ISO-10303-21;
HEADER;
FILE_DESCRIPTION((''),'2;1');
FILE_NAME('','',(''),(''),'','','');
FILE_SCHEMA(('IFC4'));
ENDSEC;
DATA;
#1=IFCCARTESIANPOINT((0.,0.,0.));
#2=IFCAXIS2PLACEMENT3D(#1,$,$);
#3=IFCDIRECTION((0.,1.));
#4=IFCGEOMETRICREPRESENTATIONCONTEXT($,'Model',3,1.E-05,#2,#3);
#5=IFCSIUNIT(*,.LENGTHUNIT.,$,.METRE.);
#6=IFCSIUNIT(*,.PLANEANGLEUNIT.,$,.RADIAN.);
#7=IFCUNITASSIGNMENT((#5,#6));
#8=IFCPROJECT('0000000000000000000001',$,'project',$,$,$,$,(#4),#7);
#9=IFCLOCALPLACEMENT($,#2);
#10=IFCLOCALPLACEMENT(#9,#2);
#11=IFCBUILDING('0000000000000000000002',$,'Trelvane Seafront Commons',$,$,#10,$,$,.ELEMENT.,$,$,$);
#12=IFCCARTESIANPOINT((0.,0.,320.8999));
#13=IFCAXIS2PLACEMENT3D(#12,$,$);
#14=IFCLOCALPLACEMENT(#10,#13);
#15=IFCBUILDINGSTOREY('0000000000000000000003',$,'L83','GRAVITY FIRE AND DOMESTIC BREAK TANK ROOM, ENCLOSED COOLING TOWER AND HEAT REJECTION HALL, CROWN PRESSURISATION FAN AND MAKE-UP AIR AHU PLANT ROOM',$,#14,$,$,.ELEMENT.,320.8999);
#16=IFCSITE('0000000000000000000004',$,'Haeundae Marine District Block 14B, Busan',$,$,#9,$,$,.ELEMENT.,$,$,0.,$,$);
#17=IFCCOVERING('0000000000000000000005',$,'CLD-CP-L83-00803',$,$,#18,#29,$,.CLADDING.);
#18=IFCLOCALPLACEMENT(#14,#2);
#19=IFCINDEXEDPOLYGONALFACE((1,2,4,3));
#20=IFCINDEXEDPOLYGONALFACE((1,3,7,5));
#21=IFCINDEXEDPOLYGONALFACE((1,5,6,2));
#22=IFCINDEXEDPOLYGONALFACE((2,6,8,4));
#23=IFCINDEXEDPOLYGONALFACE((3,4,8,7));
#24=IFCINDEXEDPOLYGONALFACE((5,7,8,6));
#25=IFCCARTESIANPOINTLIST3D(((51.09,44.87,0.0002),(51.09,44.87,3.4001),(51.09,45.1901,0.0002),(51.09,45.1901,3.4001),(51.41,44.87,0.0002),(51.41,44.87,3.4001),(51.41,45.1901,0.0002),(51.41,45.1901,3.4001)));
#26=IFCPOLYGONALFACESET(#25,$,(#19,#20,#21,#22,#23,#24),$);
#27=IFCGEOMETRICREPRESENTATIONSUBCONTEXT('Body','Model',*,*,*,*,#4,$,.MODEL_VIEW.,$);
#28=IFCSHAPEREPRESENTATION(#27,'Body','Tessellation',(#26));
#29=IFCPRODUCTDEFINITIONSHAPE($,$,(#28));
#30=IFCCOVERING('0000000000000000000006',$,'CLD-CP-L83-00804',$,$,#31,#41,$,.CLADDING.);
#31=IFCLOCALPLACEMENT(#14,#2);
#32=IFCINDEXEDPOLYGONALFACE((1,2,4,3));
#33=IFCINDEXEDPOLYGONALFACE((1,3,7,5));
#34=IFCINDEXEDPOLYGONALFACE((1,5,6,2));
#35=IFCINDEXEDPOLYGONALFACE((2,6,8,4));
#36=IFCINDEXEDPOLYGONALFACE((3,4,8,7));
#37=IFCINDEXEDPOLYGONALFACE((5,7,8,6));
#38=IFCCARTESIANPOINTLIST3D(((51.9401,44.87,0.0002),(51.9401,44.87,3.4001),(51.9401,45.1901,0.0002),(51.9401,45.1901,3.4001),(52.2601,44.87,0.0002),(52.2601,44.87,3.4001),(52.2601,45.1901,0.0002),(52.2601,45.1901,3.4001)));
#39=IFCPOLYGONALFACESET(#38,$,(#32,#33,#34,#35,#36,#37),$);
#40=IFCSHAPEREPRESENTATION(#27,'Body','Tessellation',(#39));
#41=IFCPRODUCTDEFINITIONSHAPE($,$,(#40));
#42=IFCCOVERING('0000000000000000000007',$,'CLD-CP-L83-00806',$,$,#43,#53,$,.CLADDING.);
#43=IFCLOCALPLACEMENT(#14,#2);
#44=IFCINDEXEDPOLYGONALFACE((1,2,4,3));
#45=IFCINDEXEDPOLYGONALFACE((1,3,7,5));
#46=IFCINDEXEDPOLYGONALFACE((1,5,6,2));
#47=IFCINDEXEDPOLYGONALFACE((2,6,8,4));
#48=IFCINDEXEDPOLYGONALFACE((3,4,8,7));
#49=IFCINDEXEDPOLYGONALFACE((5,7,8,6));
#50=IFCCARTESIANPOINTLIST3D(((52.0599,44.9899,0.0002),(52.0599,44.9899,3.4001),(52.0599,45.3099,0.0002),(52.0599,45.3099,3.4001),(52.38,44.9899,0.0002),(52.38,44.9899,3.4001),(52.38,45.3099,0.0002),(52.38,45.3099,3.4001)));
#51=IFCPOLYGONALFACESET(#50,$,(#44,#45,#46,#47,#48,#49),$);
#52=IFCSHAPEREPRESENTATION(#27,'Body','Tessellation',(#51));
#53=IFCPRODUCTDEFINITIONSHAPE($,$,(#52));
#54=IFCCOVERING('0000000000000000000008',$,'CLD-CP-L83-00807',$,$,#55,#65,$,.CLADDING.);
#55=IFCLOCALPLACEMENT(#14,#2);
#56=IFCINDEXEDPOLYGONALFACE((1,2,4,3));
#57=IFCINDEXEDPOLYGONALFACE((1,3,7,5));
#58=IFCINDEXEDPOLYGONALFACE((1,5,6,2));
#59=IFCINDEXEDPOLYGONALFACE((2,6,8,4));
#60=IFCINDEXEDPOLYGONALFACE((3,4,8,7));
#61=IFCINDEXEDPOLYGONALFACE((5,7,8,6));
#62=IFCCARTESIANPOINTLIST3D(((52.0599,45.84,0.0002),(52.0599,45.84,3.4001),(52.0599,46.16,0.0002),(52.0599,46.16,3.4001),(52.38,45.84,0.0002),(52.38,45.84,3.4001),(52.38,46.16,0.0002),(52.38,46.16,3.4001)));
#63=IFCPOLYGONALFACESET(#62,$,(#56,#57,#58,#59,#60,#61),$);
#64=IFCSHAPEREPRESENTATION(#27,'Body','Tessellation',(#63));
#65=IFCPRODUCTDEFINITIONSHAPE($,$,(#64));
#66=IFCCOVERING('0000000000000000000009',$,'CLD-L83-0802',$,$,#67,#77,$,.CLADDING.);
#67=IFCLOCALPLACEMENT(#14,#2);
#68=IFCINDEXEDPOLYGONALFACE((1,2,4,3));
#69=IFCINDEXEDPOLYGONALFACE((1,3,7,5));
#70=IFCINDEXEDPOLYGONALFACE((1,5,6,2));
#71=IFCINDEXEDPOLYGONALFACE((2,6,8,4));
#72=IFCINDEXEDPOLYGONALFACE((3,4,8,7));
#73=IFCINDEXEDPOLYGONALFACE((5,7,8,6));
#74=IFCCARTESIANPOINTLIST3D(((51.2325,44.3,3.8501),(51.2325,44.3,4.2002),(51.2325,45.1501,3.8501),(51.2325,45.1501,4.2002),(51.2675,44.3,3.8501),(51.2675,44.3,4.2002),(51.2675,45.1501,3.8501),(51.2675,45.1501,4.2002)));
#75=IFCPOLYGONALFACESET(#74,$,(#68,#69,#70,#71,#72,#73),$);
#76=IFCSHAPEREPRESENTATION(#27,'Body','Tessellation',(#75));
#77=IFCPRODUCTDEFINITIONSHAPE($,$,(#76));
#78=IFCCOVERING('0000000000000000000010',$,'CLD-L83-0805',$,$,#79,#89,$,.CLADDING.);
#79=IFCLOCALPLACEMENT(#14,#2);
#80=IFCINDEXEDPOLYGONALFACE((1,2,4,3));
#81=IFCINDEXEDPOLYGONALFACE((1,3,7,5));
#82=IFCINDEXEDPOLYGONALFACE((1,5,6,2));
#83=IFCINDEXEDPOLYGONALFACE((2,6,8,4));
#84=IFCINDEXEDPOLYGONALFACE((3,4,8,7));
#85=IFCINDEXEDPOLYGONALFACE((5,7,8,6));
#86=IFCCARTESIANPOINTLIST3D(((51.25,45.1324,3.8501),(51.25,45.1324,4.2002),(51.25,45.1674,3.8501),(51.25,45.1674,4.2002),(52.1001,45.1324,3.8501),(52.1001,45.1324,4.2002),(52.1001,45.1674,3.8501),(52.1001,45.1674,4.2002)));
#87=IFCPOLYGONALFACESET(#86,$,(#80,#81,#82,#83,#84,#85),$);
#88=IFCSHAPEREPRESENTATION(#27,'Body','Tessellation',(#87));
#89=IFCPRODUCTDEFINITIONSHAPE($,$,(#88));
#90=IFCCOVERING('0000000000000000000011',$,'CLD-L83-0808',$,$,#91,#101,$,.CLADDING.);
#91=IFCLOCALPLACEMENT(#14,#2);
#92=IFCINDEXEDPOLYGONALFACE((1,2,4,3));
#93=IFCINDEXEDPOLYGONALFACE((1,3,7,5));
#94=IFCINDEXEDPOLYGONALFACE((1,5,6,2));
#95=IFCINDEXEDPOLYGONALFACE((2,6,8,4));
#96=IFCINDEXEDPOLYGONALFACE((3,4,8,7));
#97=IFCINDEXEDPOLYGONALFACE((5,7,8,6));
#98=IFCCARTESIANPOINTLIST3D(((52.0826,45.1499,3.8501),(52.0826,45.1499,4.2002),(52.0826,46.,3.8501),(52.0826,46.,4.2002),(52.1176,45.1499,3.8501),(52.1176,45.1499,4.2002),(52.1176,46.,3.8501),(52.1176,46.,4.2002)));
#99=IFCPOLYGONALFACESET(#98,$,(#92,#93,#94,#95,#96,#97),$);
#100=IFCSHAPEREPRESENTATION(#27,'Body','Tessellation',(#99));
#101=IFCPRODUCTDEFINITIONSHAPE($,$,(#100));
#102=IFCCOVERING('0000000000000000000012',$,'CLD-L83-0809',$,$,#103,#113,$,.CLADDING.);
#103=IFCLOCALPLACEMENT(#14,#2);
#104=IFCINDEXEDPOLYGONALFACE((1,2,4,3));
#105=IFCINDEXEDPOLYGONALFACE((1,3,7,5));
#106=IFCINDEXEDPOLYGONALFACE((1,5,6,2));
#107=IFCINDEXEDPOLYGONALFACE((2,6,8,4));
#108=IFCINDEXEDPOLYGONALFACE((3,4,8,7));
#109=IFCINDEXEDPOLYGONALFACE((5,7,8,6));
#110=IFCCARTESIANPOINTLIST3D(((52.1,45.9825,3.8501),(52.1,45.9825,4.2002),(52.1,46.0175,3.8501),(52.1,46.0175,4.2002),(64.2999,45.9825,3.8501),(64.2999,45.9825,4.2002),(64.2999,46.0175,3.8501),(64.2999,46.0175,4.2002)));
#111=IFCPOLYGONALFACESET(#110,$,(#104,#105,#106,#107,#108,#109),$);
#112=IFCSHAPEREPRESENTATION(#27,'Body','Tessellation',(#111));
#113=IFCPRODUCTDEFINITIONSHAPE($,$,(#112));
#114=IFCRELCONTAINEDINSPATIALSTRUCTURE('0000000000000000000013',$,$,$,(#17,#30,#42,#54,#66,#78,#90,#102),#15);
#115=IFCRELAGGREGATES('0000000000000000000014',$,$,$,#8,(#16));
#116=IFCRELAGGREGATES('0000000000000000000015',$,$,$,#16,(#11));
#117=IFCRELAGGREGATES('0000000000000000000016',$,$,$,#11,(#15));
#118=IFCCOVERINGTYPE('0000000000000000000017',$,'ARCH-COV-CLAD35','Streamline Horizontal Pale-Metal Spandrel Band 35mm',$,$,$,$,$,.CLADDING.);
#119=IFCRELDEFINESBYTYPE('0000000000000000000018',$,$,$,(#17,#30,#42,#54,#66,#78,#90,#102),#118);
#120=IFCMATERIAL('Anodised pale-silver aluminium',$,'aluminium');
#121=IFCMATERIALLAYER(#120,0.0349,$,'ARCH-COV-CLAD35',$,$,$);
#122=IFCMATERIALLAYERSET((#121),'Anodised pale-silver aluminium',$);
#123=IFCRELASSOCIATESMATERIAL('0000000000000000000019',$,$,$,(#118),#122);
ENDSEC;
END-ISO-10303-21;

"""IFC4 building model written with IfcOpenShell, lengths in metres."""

from ifc_helpers import new_model, si_unit, direction, frame, origin, origin_2d, place, context, subcontext, project, spatial, rectangle, extrude, source, transform, mapped, material, layer, layer_set, type_object, element, save


model = new_model("IFC4")

# Units and contexts
model_context = context("Model", 3, precision=1e-05, world=origin(), true_north=direction((0.0, 1.0)))
body_context = subcontext(model_context, "Body", "Model", "MODEL_VIEW")
ifc_project = project(units=[si_unit("LENGTHUNIT", "METRE"), si_unit("PLANEANGLEUNIT", "RADIAN")], contexts=[model_context])

# Site, building, storey
site_placement = place(None, origin())
site = spatial("IfcSite", under=ifc_project, at=site_placement, Name="Haeundae Marine District Block 14B, Busan", CompositionType="ELEMENT", RefElevation=0.0)
building_placement = place(site_placement, origin())
building = spatial("IfcBuilding", under=site, at=building_placement, Name="Trelvane Seafront Commons", CompositionType="ELEMENT")
storey_placement = place(building_placement, frame((0.0, 0.0, 320.8999)))
storey = spatial("IfcBuildingStorey", under=building, at=storey_placement, Name="L83", Description="GRAVITY FIRE AND DOMESTIC BREAK TANK ROOM, ENCLOSED COOLING TOWER AND HEAT REJECTION HALL, CROWN PRESSURISATION FAN AND MAKE-UP AIR AHU PLANT ROOM", CompositionType="ELEMENT", Elevation=320.8999)

# Shared definitions
ifc_material_1 = material(Name="Anodised pale-silver aluminium", Category="aluminium")

# Coverings
ifc_layer_1 = layer(ifc_material_1, 0.0349, Name="ARCH-COV-CLAD35")
ifc_layer_set_1 = layer_set([ifc_layer_1], Name="Anodised pale-silver aluminium")
covering_type = type_object("IfcCoveringType", Name="ARCH-COV-CLAD35", Description="Streamline Horizontal Pale-Metal Spandrel Band 35mm", PredefinedType="CLADDING", material=ifc_layer_set_1)
shared_shape_1 = source(origin(), body_context, "Body", "SweptSolid", [
    extrude(rectangle(XDim=0.3201, YDim=0.3201, at=origin_2d()), origin(), (0.0, 0.0, 1.0), 3.3999),
])
for number, where, z_axis, x_axis, name in (
    (1, (51.25, 45.03, 0.0002), (0.0, 0.0, 1.0), (1.0, 0.0, 0.0), "CLD-CP-L83-00803"),
    (2, (52.1001, 45.03, 0.0002), (0.0, 0.0, 1.0), (1.0, 0.0, 0.0), "CLD-CP-L83-00804"),
    (3, (52.22, 45.1499, 0.0002), (0.0, 0.0, 1.0), (1.0, 0.0, 0.0), "CLD-CP-L83-00806"),
    (4, (52.22, 46.0, 0.0002), (0.0, 0.0, 1.0), (1.0, 0.0, 0.0), "CLD-CP-L83-00807"),
):
    element("IfcCovering", number, at=place(storey_placement, frame(where, z_axis=z_axis, x_axis=x_axis)), inside=storey, type_object=covering_type, Name=name, PredefinedType="CLADDING", context=body_context, shape_type="MappedRepresentation", body=[
        mapped(shared_shape_1, transform((0.0, 0.0, 0.0), x_axis=(1.0, 0.0, 0.0), y_axis=(0.0, 1.0, 0.0), z_axis=(0.0, 0.0, 1.0), scale=1.0)),
    ])
shared_shape_2 = source(origin(), body_context, "Body", "SweptSolid", [
    extrude(rectangle(XDim=0.8501, YDim=0.0349, at=origin_2d()), origin(), (0.0, 0.0, 1.0), 0.3501),
])
for number, where, z_axis, x_axis, name in (
    (5, (51.25, 44.7251, 3.8501), (0.0, 0.0, 1.0), (0.0, 1.0, 0.0), "CLD-L83-0802"),
    (6, (51.675, 45.1499, 3.8501), (0.0, 0.0, 1.0), (1.0, 0.0, 0.0), "CLD-L83-0805"),
    (7, (52.1001, 45.575, 3.8501), (0.0, 0.0, 1.0), (0.0, 1.0, 0.0), "CLD-L83-0808"),
):
    element("IfcCovering", number, at=place(storey_placement, frame(where, z_axis=z_axis, x_axis=x_axis)), inside=storey, type_object=covering_type, Name=name, PredefinedType="CLADDING", context=body_context, shape_type="MappedRepresentation", body=[
        mapped(shared_shape_2, transform((0.0, 0.0, 0.0), x_axis=(1.0, 0.0, 0.0), y_axis=(0.0, 1.0, 0.0), z_axis=(0.0, 0.0, 1.0), scale=1.0)),
    ])
shared_shape_3 = source(origin(), body_context, "Body", "SweptSolid", [
    extrude(rectangle(XDim=12.2, YDim=0.0349, at=origin_2d()), origin(), (0.0, 0.0, 1.0), 0.3501),
])
covering_placement = place(storey_placement, frame((58.2, 46.0, 3.8501), z_axis=(0.0, 0.0, 1.0), x_axis=(1.0, 0.0, 0.0)))
element("IfcCovering", 8, at=covering_placement, inside=storey, type_object=covering_type, Name="CLD-L83-0809", PredefinedType="CLADDING", context=body_context, shape_type="MappedRepresentation", body=[
    mapped(shared_shape_3, transform((0.0, 0.0, 0.0), x_axis=(1.0, 0.0, 0.0), y_axis=(0.0, 1.0, 0.0), z_axis=(0.0, 0.0, 1.0), scale=1.0)),
])

save(model, "model.ifc")
